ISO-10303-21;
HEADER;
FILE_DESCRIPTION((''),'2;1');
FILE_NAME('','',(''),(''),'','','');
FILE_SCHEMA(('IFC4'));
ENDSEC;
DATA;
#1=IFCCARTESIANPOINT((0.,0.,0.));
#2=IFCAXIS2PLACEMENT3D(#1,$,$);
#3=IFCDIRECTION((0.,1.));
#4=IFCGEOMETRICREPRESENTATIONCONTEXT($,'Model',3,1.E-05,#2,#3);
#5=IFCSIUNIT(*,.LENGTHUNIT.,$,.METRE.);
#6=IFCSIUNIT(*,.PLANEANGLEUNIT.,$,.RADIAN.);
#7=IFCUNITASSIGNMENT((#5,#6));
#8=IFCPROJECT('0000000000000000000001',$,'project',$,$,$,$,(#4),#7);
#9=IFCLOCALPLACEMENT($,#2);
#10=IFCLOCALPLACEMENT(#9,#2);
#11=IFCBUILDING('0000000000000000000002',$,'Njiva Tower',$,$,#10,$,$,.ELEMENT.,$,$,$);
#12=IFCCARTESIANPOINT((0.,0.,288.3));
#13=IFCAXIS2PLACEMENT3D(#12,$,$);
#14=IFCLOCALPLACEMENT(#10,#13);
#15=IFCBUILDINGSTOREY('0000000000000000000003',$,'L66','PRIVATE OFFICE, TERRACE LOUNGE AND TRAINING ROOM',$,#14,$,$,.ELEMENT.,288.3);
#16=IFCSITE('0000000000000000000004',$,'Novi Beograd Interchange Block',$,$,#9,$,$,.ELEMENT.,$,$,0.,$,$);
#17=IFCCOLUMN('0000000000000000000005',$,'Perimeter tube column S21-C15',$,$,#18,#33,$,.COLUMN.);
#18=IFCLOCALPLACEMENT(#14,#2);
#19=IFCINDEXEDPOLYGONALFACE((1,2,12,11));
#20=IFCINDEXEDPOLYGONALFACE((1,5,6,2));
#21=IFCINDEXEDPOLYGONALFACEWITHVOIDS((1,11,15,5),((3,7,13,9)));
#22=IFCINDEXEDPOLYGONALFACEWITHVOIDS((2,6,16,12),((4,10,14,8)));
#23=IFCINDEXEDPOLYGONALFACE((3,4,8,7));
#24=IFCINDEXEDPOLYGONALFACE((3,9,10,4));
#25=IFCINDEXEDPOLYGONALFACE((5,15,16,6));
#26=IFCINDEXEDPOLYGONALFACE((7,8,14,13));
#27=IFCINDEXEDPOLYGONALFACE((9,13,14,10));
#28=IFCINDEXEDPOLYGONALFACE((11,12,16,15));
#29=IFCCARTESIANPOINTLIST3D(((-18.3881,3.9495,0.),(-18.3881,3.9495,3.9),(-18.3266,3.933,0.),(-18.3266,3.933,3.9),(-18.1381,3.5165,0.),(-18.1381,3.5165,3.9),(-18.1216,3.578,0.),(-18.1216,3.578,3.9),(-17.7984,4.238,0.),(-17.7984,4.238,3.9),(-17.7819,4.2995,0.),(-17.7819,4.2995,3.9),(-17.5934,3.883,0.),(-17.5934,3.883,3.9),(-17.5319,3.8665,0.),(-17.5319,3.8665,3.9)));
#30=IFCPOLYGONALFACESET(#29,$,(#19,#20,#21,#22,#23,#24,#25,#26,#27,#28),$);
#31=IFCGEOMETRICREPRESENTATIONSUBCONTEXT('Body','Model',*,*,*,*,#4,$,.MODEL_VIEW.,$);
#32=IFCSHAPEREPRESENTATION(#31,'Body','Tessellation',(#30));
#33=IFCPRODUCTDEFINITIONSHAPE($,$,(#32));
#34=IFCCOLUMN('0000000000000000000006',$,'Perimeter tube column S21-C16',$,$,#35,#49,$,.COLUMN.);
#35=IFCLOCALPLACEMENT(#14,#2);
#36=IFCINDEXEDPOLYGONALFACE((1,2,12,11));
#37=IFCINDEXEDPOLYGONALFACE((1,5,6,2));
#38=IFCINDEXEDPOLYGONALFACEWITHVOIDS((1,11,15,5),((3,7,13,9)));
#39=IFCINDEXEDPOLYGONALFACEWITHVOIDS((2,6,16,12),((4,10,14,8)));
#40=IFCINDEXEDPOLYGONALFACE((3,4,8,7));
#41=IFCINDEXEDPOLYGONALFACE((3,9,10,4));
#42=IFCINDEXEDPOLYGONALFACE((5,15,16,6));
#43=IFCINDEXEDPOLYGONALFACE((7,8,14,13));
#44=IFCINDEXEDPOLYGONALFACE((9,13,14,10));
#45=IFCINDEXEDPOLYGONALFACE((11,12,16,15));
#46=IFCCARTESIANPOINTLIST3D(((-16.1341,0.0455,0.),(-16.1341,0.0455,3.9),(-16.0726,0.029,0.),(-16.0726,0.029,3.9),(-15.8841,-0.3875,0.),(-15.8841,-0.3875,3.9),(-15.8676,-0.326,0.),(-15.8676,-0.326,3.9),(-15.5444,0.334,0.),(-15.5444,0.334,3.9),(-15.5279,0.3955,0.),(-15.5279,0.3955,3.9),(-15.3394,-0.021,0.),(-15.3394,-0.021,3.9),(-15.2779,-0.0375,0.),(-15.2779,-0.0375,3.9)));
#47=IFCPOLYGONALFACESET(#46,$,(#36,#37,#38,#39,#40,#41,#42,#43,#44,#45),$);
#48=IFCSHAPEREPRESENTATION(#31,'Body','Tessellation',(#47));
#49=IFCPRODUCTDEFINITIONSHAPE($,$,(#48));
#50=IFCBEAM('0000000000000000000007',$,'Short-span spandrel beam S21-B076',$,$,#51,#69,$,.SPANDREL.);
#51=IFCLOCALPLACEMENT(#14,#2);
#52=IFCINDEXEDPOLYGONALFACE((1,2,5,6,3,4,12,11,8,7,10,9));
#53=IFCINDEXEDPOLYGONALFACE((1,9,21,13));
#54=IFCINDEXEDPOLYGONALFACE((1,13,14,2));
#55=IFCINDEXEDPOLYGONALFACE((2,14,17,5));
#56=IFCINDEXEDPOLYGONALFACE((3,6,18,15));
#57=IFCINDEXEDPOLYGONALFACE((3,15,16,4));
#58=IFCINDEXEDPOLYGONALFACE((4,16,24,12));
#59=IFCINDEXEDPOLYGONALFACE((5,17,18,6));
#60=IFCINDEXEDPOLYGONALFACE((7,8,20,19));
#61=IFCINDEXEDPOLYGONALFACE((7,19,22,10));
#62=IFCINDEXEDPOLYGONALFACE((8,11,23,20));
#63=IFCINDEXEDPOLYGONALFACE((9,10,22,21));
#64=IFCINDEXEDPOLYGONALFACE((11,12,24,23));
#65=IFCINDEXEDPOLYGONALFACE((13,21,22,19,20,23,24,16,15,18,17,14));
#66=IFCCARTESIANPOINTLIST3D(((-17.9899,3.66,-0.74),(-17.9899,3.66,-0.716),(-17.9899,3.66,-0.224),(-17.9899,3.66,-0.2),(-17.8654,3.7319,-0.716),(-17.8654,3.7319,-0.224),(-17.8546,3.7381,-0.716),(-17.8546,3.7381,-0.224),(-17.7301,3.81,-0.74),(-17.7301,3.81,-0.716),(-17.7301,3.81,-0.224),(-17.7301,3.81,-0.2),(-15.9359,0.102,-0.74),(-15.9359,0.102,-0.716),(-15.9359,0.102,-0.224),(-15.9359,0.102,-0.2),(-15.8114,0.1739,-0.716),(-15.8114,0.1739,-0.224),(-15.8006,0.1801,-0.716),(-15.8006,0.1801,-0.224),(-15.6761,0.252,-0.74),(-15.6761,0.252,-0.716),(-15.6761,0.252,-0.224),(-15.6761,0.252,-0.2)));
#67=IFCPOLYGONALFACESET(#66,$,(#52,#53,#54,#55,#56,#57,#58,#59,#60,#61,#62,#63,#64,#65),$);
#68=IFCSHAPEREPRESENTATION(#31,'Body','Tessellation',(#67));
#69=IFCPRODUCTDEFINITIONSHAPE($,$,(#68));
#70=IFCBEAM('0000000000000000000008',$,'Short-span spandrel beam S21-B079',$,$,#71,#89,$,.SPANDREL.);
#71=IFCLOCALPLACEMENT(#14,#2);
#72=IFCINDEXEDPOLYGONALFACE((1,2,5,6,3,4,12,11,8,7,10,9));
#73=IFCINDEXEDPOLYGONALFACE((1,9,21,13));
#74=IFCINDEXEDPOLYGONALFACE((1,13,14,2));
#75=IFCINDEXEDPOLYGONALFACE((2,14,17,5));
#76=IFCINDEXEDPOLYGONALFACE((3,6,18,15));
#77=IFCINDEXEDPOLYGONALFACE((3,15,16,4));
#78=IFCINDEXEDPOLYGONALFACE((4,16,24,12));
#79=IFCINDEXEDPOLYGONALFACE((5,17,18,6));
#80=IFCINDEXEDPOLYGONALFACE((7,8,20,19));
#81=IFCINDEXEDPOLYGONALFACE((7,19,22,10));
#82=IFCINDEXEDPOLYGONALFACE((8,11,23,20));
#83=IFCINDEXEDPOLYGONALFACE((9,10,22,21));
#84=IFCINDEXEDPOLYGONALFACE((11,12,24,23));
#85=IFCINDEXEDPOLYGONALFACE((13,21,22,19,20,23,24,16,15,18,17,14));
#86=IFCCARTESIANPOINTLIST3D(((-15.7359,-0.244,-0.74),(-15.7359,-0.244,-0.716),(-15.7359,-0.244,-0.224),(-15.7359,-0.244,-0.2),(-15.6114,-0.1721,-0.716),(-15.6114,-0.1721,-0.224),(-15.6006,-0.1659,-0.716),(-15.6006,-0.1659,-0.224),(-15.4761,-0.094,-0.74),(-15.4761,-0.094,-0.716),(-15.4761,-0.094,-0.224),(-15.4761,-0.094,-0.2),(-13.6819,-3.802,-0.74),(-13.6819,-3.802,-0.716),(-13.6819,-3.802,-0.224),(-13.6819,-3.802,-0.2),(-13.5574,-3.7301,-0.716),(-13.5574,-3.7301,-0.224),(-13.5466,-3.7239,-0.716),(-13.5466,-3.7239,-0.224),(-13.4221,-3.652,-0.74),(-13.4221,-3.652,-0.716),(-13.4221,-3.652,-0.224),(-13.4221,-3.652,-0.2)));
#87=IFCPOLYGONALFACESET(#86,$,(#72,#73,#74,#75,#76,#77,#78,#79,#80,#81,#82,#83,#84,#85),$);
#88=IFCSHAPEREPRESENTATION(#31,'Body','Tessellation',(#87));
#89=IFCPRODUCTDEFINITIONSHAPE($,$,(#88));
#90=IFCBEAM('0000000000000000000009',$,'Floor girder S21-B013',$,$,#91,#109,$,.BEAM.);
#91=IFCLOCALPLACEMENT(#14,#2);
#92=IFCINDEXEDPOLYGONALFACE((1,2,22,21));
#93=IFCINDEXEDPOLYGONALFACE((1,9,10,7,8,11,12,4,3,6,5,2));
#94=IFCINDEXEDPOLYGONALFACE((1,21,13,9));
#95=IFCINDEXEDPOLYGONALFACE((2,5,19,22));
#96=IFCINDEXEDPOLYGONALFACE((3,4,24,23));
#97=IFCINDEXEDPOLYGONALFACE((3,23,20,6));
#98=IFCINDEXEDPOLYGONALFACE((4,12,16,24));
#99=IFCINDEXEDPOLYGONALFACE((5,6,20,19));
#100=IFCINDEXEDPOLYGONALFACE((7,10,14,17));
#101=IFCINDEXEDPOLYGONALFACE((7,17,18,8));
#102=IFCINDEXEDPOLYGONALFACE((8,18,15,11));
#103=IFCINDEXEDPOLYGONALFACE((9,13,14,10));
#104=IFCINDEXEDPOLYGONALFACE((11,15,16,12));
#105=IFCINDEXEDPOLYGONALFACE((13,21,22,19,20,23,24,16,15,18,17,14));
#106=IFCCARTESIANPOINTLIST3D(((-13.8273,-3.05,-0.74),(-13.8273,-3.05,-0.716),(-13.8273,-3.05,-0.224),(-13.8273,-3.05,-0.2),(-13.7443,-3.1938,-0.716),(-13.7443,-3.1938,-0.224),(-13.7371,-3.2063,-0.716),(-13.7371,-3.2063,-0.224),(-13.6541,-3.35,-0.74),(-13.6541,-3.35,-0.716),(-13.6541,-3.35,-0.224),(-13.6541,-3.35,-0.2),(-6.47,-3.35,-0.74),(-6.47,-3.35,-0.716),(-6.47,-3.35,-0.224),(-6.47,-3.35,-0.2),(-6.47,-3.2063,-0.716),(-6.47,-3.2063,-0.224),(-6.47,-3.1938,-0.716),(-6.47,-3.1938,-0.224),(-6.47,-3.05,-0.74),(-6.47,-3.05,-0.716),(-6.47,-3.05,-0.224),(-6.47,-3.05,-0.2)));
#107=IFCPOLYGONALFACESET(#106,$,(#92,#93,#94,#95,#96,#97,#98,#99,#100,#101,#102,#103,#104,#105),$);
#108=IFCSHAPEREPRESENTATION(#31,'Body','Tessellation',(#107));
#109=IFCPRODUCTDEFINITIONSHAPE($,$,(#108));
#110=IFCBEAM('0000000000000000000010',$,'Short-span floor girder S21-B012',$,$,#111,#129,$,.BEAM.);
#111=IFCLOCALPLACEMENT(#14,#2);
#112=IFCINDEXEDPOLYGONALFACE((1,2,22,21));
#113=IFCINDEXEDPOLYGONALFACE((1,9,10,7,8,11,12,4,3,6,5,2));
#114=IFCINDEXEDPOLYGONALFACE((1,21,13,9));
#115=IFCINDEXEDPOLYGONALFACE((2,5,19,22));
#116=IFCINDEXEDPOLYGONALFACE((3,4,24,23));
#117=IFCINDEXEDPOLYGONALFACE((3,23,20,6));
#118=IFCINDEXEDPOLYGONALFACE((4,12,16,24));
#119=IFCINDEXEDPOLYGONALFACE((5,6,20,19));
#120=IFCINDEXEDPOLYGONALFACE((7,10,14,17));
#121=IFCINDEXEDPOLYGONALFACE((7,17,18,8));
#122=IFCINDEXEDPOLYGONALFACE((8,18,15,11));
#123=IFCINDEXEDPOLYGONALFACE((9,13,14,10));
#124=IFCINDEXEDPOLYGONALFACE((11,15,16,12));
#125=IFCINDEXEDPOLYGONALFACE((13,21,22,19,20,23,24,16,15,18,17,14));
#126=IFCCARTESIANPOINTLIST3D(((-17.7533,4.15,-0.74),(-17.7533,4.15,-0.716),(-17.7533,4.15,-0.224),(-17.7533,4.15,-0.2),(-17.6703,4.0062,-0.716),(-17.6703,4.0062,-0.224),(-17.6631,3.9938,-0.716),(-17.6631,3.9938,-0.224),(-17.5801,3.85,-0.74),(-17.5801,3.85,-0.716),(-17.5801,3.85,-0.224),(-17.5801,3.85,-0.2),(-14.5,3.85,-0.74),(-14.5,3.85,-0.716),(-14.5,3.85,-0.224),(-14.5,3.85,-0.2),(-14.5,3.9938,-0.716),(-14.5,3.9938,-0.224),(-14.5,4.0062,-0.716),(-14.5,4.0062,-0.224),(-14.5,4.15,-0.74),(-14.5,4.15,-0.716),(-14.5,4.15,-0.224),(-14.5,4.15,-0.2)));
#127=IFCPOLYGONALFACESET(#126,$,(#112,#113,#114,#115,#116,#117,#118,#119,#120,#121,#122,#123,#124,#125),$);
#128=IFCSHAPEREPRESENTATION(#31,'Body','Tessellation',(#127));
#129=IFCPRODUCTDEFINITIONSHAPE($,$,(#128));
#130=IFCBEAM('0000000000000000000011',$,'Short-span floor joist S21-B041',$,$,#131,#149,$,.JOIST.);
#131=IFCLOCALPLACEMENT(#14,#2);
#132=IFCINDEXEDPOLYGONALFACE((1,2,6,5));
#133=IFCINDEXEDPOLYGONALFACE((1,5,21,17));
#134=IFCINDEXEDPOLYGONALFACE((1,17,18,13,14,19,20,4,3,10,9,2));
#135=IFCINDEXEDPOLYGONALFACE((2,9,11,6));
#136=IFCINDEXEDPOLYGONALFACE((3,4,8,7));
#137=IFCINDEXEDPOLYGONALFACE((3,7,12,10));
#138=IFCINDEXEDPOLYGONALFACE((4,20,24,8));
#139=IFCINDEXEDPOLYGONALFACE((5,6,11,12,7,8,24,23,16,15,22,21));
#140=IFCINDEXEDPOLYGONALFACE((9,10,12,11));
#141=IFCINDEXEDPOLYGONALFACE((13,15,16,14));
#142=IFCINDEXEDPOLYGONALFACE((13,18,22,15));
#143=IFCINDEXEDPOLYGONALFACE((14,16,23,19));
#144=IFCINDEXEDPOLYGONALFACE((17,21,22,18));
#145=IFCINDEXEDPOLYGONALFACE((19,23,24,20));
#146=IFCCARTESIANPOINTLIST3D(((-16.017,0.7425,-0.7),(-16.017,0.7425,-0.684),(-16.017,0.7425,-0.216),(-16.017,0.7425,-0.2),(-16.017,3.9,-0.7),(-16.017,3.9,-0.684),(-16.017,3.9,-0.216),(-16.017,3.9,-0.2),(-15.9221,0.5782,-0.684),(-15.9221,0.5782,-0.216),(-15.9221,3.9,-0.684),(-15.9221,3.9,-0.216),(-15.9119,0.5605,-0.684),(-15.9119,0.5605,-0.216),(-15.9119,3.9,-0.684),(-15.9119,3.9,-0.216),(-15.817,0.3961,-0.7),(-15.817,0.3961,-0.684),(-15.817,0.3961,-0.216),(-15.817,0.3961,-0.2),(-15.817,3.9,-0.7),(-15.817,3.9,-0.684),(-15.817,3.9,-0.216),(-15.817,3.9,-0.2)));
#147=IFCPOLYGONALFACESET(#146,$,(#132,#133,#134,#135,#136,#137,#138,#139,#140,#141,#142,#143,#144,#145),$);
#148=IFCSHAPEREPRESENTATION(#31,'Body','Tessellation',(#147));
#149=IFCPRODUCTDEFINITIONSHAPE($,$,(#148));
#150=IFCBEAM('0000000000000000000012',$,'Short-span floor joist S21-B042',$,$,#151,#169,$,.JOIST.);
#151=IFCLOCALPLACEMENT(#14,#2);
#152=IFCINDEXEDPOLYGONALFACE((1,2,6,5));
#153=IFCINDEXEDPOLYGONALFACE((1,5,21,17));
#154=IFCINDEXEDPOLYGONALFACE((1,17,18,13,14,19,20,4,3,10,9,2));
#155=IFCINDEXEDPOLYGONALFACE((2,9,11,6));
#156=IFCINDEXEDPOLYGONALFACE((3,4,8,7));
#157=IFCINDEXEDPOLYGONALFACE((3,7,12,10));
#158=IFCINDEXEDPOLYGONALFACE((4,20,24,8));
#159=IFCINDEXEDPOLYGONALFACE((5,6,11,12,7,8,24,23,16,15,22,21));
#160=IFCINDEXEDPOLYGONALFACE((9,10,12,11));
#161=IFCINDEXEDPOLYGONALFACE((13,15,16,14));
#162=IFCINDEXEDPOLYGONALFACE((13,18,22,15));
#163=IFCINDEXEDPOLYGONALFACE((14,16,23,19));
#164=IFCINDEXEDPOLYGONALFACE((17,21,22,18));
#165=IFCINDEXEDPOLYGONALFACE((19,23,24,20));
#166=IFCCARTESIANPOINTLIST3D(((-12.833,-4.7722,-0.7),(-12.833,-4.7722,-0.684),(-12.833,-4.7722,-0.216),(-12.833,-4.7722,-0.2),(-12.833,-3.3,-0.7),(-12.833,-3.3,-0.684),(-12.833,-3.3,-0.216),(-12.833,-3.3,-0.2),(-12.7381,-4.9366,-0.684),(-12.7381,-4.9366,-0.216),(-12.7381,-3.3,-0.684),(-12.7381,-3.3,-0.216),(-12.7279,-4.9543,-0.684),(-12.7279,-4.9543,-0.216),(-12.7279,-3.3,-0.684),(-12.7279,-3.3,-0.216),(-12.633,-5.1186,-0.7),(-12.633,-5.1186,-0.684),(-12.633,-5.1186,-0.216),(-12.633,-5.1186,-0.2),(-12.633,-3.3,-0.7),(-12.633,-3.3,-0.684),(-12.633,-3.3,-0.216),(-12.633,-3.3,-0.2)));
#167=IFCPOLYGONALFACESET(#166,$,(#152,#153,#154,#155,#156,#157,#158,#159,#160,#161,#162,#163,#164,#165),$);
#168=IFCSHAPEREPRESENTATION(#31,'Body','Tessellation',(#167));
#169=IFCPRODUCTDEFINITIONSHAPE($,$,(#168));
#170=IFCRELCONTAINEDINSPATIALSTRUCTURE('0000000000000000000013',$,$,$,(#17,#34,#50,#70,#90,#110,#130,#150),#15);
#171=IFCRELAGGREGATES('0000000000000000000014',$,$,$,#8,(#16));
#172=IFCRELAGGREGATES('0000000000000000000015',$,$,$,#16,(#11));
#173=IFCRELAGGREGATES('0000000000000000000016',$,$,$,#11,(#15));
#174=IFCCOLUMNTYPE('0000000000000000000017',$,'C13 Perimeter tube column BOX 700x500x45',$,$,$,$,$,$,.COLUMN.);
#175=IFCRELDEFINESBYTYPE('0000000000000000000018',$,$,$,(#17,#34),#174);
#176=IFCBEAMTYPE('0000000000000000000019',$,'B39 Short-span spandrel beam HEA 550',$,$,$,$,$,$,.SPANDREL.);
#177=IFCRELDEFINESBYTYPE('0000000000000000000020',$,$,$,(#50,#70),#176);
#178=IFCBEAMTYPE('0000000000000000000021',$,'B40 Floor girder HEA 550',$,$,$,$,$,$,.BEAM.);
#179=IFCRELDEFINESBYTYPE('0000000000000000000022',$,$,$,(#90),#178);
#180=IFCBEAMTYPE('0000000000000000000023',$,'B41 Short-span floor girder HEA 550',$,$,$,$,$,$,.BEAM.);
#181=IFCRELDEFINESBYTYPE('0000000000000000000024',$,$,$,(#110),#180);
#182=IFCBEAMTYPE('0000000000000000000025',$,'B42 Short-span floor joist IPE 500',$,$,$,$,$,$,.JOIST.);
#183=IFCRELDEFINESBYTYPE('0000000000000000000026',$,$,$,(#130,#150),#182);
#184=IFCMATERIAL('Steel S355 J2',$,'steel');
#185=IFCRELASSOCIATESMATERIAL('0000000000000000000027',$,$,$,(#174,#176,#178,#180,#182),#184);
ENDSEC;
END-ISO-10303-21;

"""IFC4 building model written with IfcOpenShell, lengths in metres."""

from ifc_helpers import new_model, si_unit, direction, frame, origin, origin_2d, place, context, subcontext, project, spatial, hollow_rectangle, i_section, extrude, clip, halfspace, material, material_profile, profile_set, type_object, element, save


model = new_model("IFC4")

# Units and contexts
model_context = context("Model", 3, precision=1e-05, world=origin(), true_north=direction((0.0, 1.0)))
body_context = subcontext(model_context, "Body", "Model", "MODEL_VIEW")
ifc_project = project(units=[si_unit("LENGTHUNIT", "METRE"), si_unit("PLANEANGLEUNIT", "RADIAN")], contexts=[model_context])

# Site, building, storey
site_placement = place(None, origin())
site = spatial("IfcSite", under=ifc_project, at=site_placement, Name="Novi Beograd Interchange Block", CompositionType="ELEMENT", RefElevation=0.0)
building_placement = place(site_placement, origin())
building = spatial("IfcBuilding", under=site, at=building_placement, Name="Njiva Tower", CompositionType="ELEMENT")
storey_placement = place(building_placement, frame((0.0, 0.0, 288.3)))
storey = spatial("IfcBuildingStorey", under=building, at=storey_placement, Name="L66", Description="PRIVATE OFFICE, TERRACE LOUNGE AND TRAINING ROOM", CompositionType="ELEMENT", Elevation=288.3)

# Columns
ifc_material_1 = material(Name="Steel S355 J2", Category="steel")
ifc_material_profile_1 = material_profile(ifc_material_1, hollow_rectangle(XDim=0.5, YDim=0.7, WallThickness=0.045, at=origin_2d()), Name="BOX 700x500x45")
ifc_profile_set_1 = profile_set([ifc_material_profile_1], Name="Steel S355 J2")
column_type = type_object("IfcColumnType", Name="C13 Perimeter tube column BOX 700x500x45", PredefinedType="COLUMN", material=ifc_profile_set_1)
for number, where, z_axis, x_axis, name in (
    (1, (-17.96, 3.908, 0.0), (0.0, 0.0, 1.0), (0.5, -0.866025, 0.0), "Perimeter tube column S21-C15"),
    (2, (-15.706, 0.004, 0.0), (0.0, 0.0, 1.0), (0.5, -0.866025, 0.0), "Perimeter tube column S21-C16"),
):
    element("IfcColumn", number, at=place(storey_placement, frame(where, z_axis=z_axis, x_axis=x_axis)), inside=storey, type_object=column_type, Name=name, PredefinedType="COLUMN", context=body_context, shape_type="SweptSolid", body=[
        extrude(hollow_rectangle(XDim=0.5, YDim=0.7, WallThickness=0.045, at=origin_2d()), origin(), (0.0, 0.0, 1.0), 3.9),
    ])

# Beams
ifc_material_profile_2 = material_profile(ifc_material_1, i_section(OverallWidth=0.3, OverallDepth=0.54, WebThickness=0.0125, FlangeThickness=0.024, at=origin_2d()), Name="HEA 550")
ifc_profile_set_2 = profile_set([ifc_material_profile_2], Name="Steel S355 J2")
beam_type_1 = type_object("IfcBeamType", Name="B39 Short-span spandrel beam HEA 550", PredefinedType="SPANDREL", material=ifc_profile_set_2)
for number, where, z_axis, x_axis, name in (
    (3, (-17.86, 3.735, -0.47), (0.499961, -0.866048, 0.0), (0.866048, 0.499961, 0.0), "Short-span spandrel beam S21-B076"),
    (4, (-15.606, -0.169, -0.47), (0.499961, -0.866048, 0.0), (0.866048, 0.499961, 0.0), "Short-span spandrel beam S21-B079"),
):
    element("IfcBeam", number, at=place(storey_placement, frame(where, z_axis=z_axis, x_axis=x_axis)), inside=storey, type_object=beam_type_1, Name=name, PredefinedType="SPANDREL", context=body_context, shape_type="SweptSolid", body=[
        extrude(i_section(OverallWidth=0.3, OverallDepth=0.54, WebThickness=0.0125, FlangeThickness=0.024, at=origin_2d()), origin(), (0.0, 0.0, 1.0), 4.1083),
    ])
ifc_material_profile_3 = material_profile(ifc_material_1, i_section(OverallWidth=0.3, OverallDepth=0.54, WebThickness=0.0125, FlangeThickness=0.024, at=origin_2d()), Name="HEA 550")
ifc_profile_set_3 = profile_set([ifc_material_profile_3], Name="Steel S355 J2")
beam_type_2 = type_object("IfcBeamType", Name="B40 Floor girder HEA 550", PredefinedType="BEAM", material=ifc_profile_set_3)
beam_1_placement = place(storey_placement, frame((-13.848, -3.2, -0.47), z_axis=(1.0, 0.0, 0.0), x_axis=(0.0, 1.0, 0.0)))
element("IfcBeam", 5, at=beam_1_placement, inside=storey, type_object=beam_type_2, Name="Floor girder S21-B013", PredefinedType="BEAM", context=body_context, shape_type="Clipping", body=[
    clip(extrude(i_section(OverallWidth=0.3, OverallDepth=0.54, WebThickness=0.0125, FlangeThickness=0.024, at=origin_2d()), origin(), (0.0, 0.0, 1.0), 7.378), halfspace(frame((-0.025, 0.0, 0.1217), z_axis=(-0.499998, 0.0, -0.866027), x_axis=(0.0, -1.0, 0.0)), False)),
])
ifc_material_profile_4 = material_profile(ifc_material_1, i_section(OverallWidth=0.3, OverallDepth=0.54, WebThickness=0.0125, FlangeThickness=0.024, at=origin_2d()), Name="HEA 550")
ifc_profile_set_4 = profile_set([ifc_material_profile_4], Name="Steel S355 J2")
beam_type_3 = type_object("IfcBeamType", Name="B41 Short-span floor girder HEA 550", PredefinedType="BEAM", material=ifc_profile_set_4)
beam_2_placement = place(storey_placement, frame((-17.774, 4.0, -0.47), z_axis=(1.0, 0.0, 0.0), x_axis=(0.0, 1.0, 0.0)))
element("IfcBeam", 6, at=beam_2_placement, inside=storey, type_object=beam_type_3, Name="Short-span floor girder S21-B012", PredefinedType="BEAM", context=body_context, shape_type="Clipping", body=[
    clip(extrude(i_section(OverallWidth=0.3, OverallDepth=0.54, WebThickness=0.0125, FlangeThickness=0.024, at=origin_2d()), origin(), (0.0, 0.0, 1.0), 3.274), halfspace(frame((-0.025, 0.0, 0.1217), z_axis=(-0.499998, 0.0, -0.866027), x_axis=(0.0, -1.0, 0.0)), False)),
])
ifc_material_profile_5 = material_profile(ifc_material_1, i_section(OverallWidth=0.2, OverallDepth=0.5, WebThickness=0.0102, FlangeThickness=0.016, at=origin_2d()), Name="IPE 500")
ifc_profile_set_5 = profile_set([ifc_material_profile_5], Name="Steel S355 J2")
beam_type_4 = type_object("IfcBeamType", Name="B42 Short-span floor joist IPE 500", PredefinedType="JOIST", material=ifc_profile_set_5)
beam_3_placement = place(storey_placement, frame((-15.917, 3.9, -0.45), z_axis=(0.0, -1.0, 0.0), x_axis=(1.0, 0.0, 0.0)))
element("IfcBeam", 7, at=beam_3_placement, inside=storey, type_object=beam_type_4, Name="Short-span floor joist S21-B041", PredefinedType="JOIST", context=body_context, shape_type="Clipping", body=[
    clip(extrude(i_section(OverallWidth=0.2, OverallDepth=0.5, WebThickness=0.0102, FlangeThickness=0.016, at=origin_2d()), origin(), (0.0, 0.0, 1.0), 3.524), halfspace(frame((-0.043, 0.0, 3.2562), z_axis=(-0.866027, 0.0, 0.499998), x_axis=(0.0, 1.0, 0.0)), False)),
])
beam_4_placement = place(storey_placement, frame((-12.733, -3.3, -0.45), z_axis=(0.0, -1.0, 0.0), x_axis=(1.0, 0.0, 0.0)))
element("IfcBeam", 8, at=beam_4_placement, inside=storey, type_object=beam_type_4, Name="Short-span floor joist S21-B042", PredefinedType="JOIST", context=body_context, shape_type="Clipping", body=[
    clip(extrude(i_section(OverallWidth=0.2, OverallDepth=0.5, WebThickness=0.0102, FlangeThickness=0.016, at=origin_2d()), origin(), (0.0, 0.0, 1.0), 1.838), halfspace(frame((-0.0436, 0.0, 1.5699), z_axis=(-0.866027, 0.0, 0.499998), x_axis=(0.0, 1.0, 0.0)), False)),
])

save(model, "model.ifc")
